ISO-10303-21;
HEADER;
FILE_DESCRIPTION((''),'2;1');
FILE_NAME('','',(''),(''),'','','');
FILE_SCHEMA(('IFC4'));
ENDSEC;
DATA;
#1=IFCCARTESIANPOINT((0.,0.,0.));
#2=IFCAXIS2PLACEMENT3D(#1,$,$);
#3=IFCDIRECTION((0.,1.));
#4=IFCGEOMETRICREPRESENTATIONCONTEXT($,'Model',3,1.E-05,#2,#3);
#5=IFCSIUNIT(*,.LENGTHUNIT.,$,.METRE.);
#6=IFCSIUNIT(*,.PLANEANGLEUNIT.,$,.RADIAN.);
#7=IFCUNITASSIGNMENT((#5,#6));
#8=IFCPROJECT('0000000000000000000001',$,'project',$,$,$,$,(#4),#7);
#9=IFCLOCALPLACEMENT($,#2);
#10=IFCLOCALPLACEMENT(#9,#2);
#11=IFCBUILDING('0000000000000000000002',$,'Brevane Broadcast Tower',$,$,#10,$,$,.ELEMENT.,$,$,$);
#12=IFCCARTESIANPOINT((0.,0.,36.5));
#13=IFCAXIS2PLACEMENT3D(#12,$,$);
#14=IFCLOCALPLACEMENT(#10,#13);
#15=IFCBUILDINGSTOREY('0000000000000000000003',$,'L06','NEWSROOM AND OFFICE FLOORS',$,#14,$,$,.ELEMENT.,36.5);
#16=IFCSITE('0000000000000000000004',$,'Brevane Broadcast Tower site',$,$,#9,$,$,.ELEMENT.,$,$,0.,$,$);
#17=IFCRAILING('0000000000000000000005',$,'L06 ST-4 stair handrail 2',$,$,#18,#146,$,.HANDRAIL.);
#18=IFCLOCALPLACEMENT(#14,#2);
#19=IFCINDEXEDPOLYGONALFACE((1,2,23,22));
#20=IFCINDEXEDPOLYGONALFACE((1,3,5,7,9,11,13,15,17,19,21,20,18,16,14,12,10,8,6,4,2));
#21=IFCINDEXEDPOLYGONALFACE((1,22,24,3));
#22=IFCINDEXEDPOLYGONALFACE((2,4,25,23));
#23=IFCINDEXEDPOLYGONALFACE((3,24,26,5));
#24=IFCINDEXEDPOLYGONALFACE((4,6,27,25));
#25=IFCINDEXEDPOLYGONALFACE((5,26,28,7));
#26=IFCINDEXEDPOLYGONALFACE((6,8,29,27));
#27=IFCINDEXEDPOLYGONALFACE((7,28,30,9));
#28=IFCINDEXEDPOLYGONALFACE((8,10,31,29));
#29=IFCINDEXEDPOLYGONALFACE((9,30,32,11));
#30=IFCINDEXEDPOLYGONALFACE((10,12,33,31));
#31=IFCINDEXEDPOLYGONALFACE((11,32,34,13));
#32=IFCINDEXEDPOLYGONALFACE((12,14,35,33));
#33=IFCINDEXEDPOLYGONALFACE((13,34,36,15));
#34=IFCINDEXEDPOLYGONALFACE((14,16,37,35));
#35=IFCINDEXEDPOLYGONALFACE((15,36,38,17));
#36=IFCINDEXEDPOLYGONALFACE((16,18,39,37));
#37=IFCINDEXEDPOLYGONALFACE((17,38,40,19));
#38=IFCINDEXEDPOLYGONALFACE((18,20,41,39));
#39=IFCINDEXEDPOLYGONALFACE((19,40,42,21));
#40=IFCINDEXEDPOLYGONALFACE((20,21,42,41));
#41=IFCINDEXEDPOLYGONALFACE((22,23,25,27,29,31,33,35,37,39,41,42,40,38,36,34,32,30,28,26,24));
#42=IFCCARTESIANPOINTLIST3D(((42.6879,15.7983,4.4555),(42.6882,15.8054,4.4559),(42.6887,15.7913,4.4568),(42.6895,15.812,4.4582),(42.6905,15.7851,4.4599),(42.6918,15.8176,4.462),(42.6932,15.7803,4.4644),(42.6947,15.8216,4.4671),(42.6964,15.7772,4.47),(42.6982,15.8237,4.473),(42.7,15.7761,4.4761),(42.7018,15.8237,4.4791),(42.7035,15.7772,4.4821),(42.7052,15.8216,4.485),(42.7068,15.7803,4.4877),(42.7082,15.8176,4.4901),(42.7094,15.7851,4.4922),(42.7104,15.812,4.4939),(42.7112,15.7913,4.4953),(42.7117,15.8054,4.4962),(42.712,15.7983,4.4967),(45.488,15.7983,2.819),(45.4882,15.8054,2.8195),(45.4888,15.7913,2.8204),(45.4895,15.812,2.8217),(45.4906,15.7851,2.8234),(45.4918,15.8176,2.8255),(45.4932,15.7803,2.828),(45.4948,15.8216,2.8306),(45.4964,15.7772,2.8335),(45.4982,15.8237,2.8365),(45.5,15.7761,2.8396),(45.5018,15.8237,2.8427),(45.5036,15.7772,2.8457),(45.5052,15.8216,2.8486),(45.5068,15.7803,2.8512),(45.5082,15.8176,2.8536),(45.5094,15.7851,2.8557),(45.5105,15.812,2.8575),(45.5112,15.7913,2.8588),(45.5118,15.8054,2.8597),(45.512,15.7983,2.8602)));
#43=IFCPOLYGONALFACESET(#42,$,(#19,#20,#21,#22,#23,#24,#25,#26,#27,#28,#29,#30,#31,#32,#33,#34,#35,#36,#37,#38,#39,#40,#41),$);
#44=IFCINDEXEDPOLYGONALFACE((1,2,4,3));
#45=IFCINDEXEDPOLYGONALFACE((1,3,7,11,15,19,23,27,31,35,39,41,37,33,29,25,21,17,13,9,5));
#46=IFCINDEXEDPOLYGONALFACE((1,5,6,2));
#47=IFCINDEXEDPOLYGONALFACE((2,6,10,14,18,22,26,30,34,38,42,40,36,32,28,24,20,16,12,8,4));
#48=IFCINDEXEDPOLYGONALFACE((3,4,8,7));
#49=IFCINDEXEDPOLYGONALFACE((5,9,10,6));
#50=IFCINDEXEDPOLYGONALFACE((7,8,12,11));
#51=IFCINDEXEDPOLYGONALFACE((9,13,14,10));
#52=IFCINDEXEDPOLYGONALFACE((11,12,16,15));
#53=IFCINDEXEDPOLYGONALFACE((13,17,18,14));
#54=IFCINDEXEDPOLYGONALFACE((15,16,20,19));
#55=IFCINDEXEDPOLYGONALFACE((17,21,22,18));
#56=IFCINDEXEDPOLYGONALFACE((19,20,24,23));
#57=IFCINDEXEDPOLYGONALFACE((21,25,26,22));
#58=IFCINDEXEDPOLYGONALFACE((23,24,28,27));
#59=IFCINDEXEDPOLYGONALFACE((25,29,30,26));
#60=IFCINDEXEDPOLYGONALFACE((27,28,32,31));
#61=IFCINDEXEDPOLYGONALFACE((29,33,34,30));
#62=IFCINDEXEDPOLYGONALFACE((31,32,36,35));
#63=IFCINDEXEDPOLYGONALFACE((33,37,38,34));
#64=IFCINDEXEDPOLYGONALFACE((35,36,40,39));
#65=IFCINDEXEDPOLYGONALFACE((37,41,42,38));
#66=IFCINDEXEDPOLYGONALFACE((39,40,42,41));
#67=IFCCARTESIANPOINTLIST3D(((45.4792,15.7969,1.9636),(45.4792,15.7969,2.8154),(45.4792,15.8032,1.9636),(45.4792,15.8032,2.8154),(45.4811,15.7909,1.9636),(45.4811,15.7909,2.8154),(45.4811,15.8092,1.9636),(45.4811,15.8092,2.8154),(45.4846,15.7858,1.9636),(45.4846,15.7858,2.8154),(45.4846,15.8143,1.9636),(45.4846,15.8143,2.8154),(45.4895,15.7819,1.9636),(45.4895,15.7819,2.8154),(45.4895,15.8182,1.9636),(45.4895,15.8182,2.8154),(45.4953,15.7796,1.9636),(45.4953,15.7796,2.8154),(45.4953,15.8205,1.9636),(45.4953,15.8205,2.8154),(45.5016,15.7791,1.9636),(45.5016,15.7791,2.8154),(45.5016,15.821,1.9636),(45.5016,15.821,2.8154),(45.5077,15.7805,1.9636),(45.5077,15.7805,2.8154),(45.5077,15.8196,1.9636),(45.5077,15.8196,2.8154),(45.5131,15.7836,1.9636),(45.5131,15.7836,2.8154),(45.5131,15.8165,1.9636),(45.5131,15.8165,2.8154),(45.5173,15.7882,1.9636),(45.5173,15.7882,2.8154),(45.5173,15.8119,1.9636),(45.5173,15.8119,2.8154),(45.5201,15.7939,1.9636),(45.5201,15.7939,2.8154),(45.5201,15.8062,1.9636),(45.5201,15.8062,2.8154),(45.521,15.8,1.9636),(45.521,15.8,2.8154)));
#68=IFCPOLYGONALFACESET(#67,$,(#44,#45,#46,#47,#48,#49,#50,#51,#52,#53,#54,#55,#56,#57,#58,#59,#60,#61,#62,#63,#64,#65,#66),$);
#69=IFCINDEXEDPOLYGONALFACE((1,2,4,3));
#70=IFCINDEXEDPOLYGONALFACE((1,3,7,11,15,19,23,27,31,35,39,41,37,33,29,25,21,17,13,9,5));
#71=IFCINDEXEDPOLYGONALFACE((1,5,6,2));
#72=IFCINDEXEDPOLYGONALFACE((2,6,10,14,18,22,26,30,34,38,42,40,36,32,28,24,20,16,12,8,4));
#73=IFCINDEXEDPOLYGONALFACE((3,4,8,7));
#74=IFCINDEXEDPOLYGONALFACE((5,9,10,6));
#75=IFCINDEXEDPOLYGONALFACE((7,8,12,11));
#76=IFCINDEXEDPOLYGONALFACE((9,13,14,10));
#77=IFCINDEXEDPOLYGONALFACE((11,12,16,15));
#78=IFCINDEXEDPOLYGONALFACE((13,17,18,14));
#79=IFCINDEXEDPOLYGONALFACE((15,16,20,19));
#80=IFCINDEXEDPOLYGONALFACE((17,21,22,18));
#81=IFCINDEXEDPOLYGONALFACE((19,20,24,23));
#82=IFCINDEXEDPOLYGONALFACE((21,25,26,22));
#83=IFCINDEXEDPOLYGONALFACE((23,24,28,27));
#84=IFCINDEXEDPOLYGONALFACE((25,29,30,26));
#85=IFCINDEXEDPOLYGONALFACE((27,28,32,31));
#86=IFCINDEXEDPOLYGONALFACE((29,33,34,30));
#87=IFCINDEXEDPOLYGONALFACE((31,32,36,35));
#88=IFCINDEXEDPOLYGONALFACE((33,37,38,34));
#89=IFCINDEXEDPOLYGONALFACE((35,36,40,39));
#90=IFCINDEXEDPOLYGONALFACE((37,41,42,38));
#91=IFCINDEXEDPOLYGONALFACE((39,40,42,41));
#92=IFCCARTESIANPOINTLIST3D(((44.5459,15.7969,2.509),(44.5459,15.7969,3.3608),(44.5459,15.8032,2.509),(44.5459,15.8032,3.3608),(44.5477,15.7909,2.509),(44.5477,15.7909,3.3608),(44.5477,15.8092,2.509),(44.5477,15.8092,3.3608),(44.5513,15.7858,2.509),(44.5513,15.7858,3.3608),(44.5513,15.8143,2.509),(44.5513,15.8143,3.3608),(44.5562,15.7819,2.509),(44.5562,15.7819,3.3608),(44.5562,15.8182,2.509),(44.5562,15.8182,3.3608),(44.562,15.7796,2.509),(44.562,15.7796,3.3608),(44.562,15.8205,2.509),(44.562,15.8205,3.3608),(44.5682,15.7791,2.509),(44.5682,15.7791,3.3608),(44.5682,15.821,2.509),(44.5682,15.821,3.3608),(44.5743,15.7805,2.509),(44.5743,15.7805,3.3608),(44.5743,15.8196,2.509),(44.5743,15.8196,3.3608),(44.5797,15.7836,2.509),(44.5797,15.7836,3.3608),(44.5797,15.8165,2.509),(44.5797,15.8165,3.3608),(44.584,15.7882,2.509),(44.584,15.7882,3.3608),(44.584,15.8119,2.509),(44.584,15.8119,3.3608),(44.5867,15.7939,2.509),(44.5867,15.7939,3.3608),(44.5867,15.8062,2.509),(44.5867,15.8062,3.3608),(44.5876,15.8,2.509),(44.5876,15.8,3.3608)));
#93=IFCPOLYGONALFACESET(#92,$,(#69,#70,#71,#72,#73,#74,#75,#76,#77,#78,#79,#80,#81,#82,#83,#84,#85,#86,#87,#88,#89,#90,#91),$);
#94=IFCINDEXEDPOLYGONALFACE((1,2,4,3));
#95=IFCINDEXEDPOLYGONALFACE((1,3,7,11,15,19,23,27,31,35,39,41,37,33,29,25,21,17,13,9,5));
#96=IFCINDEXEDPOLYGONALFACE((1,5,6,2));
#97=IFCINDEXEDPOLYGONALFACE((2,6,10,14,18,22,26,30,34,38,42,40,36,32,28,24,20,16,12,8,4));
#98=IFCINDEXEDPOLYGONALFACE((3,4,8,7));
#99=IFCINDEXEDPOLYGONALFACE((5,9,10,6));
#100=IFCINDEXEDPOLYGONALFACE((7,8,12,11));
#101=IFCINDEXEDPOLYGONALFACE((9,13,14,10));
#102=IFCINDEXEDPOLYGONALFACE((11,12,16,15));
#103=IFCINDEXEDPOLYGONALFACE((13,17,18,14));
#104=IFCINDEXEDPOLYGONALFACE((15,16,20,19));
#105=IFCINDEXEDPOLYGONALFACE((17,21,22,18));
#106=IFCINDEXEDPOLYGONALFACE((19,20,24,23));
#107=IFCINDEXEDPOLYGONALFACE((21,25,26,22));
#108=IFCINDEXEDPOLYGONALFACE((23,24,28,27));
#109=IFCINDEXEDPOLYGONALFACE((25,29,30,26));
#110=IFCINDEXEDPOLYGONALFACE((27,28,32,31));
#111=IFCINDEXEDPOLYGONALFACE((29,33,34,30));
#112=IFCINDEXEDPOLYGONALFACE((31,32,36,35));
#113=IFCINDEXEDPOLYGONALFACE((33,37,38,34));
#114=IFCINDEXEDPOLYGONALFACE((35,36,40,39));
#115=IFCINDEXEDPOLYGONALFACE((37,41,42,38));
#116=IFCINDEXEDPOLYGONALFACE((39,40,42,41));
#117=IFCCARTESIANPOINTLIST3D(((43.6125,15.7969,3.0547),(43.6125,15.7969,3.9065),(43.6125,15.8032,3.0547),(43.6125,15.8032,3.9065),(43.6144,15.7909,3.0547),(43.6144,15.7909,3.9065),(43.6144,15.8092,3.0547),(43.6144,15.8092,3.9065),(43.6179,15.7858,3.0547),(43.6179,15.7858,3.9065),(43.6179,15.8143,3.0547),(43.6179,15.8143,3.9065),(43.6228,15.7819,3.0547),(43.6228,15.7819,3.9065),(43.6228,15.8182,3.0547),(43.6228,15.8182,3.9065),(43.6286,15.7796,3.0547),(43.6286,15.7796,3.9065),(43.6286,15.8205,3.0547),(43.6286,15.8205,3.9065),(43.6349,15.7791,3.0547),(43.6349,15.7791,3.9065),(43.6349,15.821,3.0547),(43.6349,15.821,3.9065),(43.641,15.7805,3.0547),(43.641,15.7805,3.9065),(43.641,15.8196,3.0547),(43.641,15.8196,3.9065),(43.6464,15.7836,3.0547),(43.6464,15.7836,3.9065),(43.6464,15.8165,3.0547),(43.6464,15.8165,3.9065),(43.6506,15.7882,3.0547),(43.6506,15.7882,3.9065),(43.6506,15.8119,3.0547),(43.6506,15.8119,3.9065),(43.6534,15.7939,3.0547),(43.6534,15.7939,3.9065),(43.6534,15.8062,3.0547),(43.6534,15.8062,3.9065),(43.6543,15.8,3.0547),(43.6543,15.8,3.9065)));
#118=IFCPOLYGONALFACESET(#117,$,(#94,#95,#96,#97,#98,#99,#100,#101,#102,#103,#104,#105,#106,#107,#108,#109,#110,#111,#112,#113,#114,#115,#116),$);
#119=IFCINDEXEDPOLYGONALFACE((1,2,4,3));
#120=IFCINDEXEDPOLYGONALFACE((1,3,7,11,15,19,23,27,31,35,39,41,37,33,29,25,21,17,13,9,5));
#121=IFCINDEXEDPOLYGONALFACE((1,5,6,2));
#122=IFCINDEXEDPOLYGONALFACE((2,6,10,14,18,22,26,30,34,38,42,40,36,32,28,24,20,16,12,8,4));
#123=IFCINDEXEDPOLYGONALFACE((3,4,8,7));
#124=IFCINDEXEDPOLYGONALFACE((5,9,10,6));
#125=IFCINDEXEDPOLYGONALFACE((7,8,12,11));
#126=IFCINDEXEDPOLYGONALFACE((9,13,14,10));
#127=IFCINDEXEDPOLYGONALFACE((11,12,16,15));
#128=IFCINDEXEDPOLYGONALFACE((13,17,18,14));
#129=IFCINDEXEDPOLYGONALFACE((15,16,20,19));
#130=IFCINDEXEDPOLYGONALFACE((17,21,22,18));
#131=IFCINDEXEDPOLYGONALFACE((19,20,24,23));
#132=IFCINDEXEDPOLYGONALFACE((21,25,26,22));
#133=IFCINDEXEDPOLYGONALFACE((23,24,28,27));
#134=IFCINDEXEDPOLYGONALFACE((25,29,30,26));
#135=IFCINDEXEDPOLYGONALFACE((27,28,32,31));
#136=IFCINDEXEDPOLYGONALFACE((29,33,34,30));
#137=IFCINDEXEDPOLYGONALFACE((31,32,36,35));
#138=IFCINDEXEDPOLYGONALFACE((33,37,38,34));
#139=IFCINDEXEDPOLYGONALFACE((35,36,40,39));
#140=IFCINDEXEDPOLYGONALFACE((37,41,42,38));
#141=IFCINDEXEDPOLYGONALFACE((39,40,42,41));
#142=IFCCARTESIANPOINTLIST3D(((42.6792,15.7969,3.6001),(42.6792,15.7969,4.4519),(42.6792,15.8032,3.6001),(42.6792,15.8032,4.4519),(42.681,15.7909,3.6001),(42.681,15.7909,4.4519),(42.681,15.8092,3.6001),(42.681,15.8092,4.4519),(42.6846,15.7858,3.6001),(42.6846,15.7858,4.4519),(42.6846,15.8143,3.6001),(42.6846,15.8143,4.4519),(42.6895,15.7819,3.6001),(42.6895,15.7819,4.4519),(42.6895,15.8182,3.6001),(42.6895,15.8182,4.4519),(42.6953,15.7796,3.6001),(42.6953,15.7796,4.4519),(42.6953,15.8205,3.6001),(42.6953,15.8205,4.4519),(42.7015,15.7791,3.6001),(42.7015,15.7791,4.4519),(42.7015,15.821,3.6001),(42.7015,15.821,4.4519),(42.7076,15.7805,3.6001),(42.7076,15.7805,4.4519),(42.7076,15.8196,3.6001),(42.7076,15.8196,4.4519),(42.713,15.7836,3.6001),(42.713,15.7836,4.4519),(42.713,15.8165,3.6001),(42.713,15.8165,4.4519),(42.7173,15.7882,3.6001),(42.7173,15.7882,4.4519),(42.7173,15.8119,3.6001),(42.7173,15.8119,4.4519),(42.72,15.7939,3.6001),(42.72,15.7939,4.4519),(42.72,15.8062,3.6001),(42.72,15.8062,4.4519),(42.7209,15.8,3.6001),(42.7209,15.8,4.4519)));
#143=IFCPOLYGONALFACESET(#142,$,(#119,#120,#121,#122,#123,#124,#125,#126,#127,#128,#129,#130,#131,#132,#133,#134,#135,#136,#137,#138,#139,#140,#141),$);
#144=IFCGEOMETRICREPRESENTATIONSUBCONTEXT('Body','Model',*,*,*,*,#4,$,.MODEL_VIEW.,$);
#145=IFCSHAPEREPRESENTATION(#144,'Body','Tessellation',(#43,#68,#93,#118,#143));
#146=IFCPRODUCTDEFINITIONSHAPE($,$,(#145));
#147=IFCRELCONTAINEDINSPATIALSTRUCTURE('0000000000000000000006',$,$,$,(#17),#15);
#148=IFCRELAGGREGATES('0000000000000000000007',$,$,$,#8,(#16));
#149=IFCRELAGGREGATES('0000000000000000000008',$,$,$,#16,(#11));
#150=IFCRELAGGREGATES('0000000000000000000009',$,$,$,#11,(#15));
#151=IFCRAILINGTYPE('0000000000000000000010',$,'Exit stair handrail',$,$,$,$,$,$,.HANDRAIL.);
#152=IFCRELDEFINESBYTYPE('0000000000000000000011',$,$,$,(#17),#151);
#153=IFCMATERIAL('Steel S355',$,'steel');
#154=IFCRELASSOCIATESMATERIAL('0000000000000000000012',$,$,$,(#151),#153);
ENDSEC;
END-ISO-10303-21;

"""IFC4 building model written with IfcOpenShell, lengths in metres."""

from ifc_helpers import new_model, si_unit, direction, frame, origin, origin_2d, place, context, subcontext, project, spatial, circle, extrude, material, type_object, element, save


model = new_model("IFC4")

# Units and contexts
model_context = context("Model", 3, precision=1e-05, world=origin(), true_north=direction((0.0, 1.0)))
body_context = subcontext(model_context, "Body", "Model", "MODEL_VIEW")
ifc_project = project(units=[si_unit("LENGTHUNIT", "METRE"), si_unit("PLANEANGLEUNIT", "RADIAN")], contexts=[model_context])

# Site, building, storey
site_placement = place(None, origin())
site = spatial("IfcSite", under=ifc_project, at=site_placement, Name="Brevane Broadcast Tower site", CompositionType="ELEMENT", RefElevation=0.0)
building_placement = place(site_placement, origin())
building = spatial("IfcBuilding", under=site, at=building_placement, Name="Brevane Broadcast Tower", CompositionType="ELEMENT")
storey_placement = place(building_placement, frame((0.0, 0.0, 36.5)))
storey = spatial("IfcBuildingStorey", under=building, at=storey_placement, Name="L06", Description="NEWSROOM AND OFFICE FLOORS", CompositionType="ELEMENT", Elevation=36.5)

# Railing
ifc_material_1 = material(Name="Steel S355", Category="steel")
railing_type_1 = type_object("IfcRailingType", Name="Exit stair handrail", PredefinedType="HANDRAIL", material=ifc_material_1)
railing_1_placement = place(storey_placement, frame((45.5, 15.8, 1.9636)))
element("IfcRailing", 1, at=railing_1_placement, inside=storey, type_object=railing_type_1, Name="L06 ST-4 stair handrail 2", PredefinedType="HANDRAIL", context=body_context, shape_type="SweptSolid", body=[
    extrude(circle(Radius=0.0239, at=origin_2d()), frame((0.0, 0.0, 0.876), z_axis=(-0.863361, 0.0, 0.504587), x_axis=(0.0, -1.0, 0.0)), (0.0, 0.0, 1.0), 3.2432),
    extrude(circle(Radius=0.021, at=origin_2d()), origin(), (0.0, 0.0, 1.0), 0.8518),
    extrude(circle(Radius=0.021, at=origin_2d()), frame((-0.9333, 0.0, 0.5454)), (0.0, 0.0, 1.0), 0.8518),
    extrude(circle(Radius=0.021, at=origin_2d()), frame((-1.8667, 0.0, 1.0911)), (0.0, 0.0, 1.0), 0.8518),
    extrude(circle(Radius=0.021, at=origin_2d()), frame((-2.8, 0.0, 1.6365)), (0.0, 0.0, 1.0), 0.8518),
])

save(model, "model.ifc")
